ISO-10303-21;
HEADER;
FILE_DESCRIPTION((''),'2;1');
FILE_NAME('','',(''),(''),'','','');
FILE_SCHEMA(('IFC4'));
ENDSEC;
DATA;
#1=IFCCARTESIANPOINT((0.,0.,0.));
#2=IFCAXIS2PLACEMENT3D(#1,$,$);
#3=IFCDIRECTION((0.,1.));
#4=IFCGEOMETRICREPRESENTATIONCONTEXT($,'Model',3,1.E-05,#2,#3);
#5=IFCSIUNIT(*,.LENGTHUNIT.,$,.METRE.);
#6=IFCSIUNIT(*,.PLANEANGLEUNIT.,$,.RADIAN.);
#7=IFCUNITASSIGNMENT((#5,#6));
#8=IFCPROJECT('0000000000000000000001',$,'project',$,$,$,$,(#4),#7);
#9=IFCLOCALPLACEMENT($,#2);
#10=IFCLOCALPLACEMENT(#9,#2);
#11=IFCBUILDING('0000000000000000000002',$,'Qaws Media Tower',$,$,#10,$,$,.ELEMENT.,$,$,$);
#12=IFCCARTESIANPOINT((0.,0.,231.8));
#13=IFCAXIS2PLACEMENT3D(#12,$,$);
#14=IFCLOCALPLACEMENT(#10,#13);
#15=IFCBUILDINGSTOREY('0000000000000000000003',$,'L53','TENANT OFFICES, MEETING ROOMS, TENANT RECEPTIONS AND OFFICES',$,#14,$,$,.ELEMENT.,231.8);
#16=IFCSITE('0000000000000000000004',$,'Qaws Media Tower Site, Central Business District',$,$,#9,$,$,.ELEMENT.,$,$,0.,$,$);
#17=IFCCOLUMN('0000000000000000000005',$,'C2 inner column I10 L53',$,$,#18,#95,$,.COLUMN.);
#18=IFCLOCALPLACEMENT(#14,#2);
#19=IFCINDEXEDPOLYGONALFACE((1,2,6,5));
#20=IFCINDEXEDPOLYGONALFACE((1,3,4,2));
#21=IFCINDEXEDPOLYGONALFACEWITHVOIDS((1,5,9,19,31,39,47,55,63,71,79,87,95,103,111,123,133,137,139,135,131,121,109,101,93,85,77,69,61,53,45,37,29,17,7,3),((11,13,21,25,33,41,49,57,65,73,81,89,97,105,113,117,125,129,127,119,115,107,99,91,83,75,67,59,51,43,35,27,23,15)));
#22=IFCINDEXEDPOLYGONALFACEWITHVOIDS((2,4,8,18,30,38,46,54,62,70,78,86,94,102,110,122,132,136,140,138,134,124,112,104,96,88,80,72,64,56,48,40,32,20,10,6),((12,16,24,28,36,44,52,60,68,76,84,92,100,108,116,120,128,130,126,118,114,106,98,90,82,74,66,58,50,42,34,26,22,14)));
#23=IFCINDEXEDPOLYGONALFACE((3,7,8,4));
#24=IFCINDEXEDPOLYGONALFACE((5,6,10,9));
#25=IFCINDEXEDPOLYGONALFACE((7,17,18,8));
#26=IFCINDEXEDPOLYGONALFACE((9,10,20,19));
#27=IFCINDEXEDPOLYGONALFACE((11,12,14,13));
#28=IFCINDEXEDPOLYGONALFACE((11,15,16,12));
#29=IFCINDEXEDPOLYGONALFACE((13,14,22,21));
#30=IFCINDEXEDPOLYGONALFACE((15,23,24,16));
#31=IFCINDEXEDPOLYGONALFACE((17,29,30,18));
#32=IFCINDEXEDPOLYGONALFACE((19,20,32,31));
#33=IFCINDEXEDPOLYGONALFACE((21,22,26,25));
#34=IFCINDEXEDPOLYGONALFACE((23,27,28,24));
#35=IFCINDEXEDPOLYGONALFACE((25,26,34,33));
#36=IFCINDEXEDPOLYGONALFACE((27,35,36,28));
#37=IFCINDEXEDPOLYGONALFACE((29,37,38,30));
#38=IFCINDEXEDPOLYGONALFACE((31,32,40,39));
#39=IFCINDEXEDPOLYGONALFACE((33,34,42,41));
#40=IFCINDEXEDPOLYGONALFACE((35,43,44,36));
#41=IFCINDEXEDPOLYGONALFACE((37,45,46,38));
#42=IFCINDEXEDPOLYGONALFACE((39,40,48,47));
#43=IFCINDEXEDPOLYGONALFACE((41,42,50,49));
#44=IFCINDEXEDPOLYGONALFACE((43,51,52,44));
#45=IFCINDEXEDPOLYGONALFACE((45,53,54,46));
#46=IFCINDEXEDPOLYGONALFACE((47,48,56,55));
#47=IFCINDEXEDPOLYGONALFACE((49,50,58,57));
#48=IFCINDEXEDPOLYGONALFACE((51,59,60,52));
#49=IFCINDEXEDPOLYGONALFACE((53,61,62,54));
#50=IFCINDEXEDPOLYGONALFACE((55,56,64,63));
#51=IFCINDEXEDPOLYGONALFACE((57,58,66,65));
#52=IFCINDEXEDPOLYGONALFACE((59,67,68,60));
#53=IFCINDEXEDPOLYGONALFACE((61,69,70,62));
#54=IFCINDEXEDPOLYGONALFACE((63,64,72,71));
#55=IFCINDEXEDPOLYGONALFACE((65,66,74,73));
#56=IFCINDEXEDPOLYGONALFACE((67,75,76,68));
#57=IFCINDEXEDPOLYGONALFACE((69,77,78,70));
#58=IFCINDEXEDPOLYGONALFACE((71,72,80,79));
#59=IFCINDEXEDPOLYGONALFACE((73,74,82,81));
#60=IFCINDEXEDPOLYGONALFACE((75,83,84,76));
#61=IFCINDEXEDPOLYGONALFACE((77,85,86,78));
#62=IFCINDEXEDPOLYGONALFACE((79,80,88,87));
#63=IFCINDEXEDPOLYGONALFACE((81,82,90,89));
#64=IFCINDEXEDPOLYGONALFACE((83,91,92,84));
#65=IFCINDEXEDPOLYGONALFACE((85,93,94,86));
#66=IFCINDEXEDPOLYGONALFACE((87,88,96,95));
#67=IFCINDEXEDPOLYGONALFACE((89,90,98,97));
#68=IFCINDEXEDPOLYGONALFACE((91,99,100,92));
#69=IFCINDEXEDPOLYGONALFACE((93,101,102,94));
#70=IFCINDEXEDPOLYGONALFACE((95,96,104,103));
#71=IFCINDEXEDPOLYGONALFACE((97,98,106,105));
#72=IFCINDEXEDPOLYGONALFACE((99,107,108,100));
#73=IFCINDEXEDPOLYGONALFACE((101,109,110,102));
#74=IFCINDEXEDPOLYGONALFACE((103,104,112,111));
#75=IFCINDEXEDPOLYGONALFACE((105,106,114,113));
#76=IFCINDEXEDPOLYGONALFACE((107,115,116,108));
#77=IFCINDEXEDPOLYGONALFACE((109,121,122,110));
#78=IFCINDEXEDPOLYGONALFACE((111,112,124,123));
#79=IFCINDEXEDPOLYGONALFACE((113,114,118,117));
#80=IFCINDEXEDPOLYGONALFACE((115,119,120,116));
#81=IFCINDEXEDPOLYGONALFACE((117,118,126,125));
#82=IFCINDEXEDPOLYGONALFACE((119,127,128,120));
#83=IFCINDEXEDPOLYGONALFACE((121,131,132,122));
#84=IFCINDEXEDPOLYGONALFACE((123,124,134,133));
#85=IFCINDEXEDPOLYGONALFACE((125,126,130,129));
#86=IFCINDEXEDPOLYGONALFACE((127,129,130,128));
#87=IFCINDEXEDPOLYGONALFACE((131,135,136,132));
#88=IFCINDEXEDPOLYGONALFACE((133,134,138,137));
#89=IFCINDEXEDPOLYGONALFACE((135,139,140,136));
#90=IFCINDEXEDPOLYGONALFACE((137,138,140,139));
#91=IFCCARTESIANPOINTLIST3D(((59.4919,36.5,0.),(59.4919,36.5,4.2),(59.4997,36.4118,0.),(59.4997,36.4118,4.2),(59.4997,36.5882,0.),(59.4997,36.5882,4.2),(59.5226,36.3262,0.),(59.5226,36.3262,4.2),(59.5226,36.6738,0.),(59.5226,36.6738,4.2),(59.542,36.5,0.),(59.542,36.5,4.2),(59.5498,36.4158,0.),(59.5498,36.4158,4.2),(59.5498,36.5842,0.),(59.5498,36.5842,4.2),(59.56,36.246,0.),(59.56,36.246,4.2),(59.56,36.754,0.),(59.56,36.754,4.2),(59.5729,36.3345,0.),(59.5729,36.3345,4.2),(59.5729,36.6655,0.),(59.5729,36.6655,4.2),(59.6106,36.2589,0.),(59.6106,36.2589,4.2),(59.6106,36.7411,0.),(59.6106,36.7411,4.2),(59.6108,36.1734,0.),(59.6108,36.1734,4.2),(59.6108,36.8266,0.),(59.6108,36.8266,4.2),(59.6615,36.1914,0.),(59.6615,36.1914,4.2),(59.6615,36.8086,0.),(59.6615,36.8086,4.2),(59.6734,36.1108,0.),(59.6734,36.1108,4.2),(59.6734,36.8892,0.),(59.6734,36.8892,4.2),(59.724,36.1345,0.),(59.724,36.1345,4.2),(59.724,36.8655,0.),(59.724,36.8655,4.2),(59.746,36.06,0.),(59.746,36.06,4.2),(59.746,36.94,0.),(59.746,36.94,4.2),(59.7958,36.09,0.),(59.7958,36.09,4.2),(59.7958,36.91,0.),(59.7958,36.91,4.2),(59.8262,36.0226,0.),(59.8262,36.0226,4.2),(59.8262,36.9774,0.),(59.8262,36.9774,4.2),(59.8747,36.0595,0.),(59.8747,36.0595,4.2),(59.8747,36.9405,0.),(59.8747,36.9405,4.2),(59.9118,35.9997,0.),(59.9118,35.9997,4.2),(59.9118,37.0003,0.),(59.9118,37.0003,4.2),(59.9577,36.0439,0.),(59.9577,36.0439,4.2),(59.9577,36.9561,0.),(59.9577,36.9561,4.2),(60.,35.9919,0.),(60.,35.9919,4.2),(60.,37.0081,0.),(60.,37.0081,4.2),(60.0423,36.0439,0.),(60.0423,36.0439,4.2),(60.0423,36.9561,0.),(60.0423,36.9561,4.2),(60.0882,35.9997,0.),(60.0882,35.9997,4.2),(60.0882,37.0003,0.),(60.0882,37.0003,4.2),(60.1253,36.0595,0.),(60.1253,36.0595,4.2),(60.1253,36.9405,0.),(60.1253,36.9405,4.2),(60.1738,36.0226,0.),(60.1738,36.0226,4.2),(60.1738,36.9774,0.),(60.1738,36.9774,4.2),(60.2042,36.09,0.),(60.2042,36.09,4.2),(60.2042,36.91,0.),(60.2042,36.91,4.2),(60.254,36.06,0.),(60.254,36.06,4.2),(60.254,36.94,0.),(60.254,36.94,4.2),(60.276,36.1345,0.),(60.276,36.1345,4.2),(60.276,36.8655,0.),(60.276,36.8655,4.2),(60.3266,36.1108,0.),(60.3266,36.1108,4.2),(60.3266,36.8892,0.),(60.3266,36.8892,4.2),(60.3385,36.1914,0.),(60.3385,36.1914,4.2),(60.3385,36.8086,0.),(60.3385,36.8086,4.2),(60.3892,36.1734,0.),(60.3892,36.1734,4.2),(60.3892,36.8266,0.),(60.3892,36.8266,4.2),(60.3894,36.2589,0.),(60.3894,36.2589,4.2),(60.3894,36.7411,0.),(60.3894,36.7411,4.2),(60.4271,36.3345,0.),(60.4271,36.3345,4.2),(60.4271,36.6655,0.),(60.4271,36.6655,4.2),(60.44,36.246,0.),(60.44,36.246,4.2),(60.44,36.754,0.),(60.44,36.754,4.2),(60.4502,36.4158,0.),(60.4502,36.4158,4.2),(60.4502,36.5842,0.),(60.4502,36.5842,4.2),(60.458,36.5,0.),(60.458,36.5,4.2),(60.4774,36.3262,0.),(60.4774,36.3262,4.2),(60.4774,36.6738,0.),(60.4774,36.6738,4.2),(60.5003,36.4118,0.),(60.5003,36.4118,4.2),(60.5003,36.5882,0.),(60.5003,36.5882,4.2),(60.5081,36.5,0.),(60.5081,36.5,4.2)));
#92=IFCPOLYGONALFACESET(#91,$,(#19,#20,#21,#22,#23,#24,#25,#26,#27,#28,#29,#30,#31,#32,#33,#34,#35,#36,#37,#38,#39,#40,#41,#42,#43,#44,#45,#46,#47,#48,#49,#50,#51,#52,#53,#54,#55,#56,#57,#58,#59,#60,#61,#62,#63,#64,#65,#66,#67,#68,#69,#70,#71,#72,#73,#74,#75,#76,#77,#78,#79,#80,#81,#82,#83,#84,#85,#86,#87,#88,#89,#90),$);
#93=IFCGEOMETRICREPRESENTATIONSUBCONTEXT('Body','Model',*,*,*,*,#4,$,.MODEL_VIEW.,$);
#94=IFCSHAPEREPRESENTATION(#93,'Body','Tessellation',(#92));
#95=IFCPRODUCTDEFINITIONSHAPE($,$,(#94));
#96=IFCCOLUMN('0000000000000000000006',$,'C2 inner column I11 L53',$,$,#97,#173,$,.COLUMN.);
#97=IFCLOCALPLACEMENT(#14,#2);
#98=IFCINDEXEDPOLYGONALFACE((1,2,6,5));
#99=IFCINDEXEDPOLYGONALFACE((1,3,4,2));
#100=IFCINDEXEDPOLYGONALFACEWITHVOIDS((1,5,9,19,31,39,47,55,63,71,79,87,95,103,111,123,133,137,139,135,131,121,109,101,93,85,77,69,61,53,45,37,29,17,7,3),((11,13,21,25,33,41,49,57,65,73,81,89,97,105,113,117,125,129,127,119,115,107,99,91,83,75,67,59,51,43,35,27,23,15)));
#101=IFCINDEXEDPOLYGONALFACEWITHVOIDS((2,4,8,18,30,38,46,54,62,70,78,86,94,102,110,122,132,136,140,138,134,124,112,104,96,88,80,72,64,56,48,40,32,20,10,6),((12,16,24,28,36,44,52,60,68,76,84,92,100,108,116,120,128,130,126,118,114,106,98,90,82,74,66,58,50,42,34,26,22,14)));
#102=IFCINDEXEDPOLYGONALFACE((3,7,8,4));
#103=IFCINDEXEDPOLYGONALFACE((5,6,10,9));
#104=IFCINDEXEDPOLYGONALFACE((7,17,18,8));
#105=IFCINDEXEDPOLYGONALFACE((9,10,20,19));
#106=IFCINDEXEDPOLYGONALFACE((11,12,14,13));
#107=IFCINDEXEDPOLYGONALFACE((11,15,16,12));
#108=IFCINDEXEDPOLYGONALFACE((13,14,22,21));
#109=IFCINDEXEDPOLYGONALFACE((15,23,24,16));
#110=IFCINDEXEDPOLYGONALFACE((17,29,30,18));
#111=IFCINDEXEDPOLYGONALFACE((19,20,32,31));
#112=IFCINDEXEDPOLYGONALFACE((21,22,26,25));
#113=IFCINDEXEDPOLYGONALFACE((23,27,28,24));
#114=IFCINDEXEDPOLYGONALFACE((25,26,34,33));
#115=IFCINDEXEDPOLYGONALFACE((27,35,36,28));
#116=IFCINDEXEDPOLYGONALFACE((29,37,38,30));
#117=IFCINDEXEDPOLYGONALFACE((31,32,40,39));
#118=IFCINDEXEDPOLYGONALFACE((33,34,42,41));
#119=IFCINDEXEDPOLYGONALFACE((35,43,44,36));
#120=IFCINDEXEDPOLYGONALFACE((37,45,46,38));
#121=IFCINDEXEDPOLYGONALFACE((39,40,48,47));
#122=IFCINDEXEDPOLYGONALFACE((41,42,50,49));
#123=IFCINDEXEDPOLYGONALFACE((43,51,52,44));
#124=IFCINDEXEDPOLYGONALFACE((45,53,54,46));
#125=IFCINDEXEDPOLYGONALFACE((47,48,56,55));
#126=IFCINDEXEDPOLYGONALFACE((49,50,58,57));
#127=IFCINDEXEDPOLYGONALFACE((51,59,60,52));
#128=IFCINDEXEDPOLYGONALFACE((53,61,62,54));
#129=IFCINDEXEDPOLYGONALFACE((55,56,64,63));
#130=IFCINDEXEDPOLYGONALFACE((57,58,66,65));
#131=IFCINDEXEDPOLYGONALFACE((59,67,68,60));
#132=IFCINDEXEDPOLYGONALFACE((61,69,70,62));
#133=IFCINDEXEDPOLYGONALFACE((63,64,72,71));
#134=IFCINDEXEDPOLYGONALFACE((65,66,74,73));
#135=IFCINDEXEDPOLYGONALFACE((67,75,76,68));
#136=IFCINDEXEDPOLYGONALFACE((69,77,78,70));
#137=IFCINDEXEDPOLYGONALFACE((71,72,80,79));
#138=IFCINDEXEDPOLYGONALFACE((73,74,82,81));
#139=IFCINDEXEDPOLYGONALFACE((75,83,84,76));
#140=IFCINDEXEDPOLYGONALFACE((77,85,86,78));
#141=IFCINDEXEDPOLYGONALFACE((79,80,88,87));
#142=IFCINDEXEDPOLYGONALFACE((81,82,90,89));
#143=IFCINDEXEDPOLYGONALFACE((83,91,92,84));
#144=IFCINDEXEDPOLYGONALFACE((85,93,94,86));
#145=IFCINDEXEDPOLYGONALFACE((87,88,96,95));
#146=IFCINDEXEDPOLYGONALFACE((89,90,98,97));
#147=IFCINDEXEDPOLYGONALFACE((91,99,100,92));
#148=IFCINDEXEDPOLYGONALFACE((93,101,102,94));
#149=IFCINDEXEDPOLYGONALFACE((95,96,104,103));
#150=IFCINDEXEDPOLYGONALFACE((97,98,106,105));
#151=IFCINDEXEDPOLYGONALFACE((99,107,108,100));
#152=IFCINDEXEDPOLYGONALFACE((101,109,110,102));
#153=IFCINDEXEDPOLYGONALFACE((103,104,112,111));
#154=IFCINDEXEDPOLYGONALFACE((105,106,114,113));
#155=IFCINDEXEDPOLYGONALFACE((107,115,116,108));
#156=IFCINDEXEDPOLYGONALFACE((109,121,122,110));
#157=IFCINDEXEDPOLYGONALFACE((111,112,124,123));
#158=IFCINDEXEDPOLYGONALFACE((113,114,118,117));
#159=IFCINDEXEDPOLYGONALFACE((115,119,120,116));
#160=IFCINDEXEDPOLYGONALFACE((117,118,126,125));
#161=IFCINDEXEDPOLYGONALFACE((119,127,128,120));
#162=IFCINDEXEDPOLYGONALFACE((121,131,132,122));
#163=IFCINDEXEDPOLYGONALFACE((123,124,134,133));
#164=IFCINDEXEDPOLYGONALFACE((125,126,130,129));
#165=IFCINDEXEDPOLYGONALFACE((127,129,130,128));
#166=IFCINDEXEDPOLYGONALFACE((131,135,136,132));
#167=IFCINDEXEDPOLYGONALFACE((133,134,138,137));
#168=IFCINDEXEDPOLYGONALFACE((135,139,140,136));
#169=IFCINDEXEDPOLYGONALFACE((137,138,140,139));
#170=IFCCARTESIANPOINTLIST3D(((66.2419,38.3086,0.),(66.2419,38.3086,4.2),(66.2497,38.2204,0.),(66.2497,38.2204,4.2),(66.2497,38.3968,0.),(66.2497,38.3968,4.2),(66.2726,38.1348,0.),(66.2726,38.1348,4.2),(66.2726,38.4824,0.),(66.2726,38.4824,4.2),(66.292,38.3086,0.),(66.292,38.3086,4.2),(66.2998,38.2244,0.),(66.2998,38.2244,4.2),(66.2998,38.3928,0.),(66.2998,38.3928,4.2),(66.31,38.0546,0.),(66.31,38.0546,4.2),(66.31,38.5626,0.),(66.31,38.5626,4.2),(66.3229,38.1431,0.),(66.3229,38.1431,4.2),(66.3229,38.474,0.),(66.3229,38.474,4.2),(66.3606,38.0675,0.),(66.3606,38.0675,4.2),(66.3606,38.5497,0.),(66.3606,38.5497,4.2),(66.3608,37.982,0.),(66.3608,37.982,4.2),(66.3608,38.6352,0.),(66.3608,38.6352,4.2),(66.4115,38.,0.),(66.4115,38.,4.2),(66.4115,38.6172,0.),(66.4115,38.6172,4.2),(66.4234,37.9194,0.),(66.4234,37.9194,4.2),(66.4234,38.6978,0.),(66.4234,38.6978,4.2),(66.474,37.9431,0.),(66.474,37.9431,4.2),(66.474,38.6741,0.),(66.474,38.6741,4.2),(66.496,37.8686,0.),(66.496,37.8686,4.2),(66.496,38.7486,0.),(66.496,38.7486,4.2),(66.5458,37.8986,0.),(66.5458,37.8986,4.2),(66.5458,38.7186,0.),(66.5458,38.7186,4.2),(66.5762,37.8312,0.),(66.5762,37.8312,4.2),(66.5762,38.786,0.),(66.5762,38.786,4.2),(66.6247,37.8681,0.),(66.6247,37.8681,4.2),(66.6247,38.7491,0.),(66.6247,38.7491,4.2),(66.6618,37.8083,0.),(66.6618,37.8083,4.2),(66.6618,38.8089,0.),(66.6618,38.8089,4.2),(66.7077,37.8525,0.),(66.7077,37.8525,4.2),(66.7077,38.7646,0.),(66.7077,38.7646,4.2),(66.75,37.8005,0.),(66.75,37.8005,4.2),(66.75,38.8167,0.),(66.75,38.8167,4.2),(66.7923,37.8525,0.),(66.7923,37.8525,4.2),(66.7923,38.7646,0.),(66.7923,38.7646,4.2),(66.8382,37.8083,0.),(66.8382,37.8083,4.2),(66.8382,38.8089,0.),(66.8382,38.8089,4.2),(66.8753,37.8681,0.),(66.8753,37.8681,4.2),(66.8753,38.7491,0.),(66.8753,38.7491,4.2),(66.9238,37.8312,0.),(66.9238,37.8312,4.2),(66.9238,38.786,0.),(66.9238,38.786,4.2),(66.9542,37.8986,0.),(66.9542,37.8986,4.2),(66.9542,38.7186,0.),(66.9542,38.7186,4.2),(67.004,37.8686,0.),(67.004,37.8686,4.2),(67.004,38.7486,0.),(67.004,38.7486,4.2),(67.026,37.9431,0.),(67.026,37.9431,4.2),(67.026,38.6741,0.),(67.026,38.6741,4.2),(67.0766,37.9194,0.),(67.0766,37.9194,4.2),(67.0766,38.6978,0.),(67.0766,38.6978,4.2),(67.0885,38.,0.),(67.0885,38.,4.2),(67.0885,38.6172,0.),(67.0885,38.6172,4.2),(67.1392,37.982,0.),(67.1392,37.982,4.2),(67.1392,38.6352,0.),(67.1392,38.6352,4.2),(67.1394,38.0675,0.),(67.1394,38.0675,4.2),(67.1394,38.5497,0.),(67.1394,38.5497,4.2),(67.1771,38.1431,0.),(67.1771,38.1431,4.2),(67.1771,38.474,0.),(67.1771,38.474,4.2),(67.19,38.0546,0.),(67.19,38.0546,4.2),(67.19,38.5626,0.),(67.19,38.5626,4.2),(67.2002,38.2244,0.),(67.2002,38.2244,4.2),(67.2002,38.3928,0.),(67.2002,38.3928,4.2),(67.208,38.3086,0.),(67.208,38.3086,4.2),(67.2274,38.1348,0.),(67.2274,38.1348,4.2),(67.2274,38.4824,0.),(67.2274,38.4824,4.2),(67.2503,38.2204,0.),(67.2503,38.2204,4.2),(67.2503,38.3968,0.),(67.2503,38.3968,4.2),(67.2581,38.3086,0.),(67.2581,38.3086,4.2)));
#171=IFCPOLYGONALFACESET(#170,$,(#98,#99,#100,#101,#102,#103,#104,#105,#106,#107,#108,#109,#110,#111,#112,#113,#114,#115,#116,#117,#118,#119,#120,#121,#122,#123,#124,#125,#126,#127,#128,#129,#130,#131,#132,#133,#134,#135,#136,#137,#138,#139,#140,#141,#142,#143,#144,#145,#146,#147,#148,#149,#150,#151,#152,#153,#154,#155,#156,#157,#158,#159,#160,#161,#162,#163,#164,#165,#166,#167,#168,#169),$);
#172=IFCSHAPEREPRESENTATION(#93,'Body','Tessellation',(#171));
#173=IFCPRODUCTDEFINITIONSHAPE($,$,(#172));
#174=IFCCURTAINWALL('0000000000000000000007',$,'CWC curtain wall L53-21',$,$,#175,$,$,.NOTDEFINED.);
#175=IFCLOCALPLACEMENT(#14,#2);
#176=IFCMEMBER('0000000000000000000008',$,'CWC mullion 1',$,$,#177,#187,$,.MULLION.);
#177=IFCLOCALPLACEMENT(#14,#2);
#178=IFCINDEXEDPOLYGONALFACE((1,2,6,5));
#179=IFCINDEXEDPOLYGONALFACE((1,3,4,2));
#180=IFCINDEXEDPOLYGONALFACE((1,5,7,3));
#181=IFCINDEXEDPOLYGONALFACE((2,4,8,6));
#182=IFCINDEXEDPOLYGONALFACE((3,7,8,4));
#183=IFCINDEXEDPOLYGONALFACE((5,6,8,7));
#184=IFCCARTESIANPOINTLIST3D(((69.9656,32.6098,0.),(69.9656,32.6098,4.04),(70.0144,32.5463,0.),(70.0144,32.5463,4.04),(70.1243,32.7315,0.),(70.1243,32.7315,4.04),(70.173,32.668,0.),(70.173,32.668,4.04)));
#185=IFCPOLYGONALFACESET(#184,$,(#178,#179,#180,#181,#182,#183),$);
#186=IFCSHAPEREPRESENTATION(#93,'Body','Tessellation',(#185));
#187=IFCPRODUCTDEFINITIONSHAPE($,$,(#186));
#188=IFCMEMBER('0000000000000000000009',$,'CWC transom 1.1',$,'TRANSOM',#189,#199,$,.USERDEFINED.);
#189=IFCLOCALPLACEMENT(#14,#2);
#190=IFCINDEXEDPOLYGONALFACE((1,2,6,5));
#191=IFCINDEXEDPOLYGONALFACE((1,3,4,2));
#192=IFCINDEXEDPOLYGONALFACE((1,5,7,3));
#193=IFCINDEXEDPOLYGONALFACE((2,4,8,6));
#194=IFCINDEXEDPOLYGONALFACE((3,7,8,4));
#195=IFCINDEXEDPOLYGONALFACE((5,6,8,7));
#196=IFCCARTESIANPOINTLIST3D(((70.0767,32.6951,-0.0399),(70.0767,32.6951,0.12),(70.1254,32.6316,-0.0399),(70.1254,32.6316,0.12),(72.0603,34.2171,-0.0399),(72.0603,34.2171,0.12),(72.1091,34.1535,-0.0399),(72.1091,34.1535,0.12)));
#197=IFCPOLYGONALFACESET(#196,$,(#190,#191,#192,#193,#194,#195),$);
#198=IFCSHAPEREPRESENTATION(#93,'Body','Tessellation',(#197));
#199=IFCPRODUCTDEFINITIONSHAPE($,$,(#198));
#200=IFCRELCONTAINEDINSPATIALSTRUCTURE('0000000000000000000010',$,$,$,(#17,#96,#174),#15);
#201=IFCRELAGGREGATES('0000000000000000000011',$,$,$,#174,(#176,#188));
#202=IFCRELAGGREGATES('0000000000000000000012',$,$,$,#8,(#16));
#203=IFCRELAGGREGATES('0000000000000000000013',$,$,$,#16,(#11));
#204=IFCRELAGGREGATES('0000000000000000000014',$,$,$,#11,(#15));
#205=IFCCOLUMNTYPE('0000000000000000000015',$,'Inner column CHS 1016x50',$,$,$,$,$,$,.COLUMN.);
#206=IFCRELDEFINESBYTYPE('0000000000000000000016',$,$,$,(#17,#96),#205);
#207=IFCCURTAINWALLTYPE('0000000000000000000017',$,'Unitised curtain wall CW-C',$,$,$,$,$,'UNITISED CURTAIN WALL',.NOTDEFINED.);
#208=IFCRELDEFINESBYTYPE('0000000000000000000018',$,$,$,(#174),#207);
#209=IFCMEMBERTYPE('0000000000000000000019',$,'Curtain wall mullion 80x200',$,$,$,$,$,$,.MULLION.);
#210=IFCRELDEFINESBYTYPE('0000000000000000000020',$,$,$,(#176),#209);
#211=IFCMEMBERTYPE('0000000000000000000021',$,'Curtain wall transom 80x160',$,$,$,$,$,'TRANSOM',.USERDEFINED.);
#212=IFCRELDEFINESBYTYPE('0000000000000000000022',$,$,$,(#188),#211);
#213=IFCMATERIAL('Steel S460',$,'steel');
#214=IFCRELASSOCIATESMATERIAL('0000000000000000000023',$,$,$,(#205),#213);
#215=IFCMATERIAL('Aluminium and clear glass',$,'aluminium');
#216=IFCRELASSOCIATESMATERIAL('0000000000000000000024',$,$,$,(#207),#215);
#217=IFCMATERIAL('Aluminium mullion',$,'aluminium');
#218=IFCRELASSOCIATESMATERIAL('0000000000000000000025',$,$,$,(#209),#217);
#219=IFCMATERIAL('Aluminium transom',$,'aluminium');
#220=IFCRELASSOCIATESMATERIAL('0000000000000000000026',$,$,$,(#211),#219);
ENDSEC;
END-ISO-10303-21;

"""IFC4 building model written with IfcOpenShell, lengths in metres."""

from ifc_helpers import new_model, si_unit, direction, frame, origin, origin_2d, place, context, subcontext, project, spatial, rectangle, hollow_circle, extrude, material, material_profile, profile_set, type_object, element, aggregate, save


model = new_model("IFC4")

# Units and contexts
model_context = context("Model", 3, precision=1e-05, world=origin(), true_north=direction((0.0, 1.0)))
body_context = subcontext(model_context, "Body", "Model", "MODEL_VIEW")
ifc_project = project(units=[si_unit("LENGTHUNIT", "METRE"), si_unit("PLANEANGLEUNIT", "RADIAN")], contexts=[model_context])

# Site, building, storey
site_placement = place(None, origin())
site = spatial("IfcSite", under=ifc_project, at=site_placement, Name="Qaws Media Tower Site, Central Business District", CompositionType="ELEMENT", RefElevation=0.0)
building_placement = place(site_placement, origin())
building = spatial("IfcBuilding", under=site, at=building_placement, Name="Qaws Media Tower", CompositionType="ELEMENT")
storey_placement = place(building_placement, frame((0.0, 0.0, 231.8)))
storey = spatial("IfcBuildingStorey", under=building, at=storey_placement, Name="L53", Description="TENANT OFFICES, MEETING ROOMS, TENANT RECEPTIONS AND OFFICES", CompositionType="ELEMENT", Elevation=231.8)

# Columns
ifc_material_1 = material(Name="Steel S460", Category="steel")
ifc_material_profile_1 = material_profile(ifc_material_1, hollow_circle(Radius=0.5081, WallThickness=0.05, at=origin_2d()), Name="CHS 1016x50")
ifc_profile_set_1 = profile_set([ifc_material_profile_1], Name="Steel S460")
column_type = type_object("IfcColumnType", Name="Inner column CHS 1016x50", PredefinedType="COLUMN", material=ifc_profile_set_1)
for number, where, z_axis, x_axis, name in (
    (1, (60.0, 36.5, 0.0), (0.0, 0.0, 1.0), (1.0, 0.0, 0.0), "C2 inner column I10 L53"),
    (2, (66.75, 38.3086, 0.0), (0.0, 0.0, 1.0), (1.0, 0.0, 0.0), "C2 inner column I11 L53"),
):
    element("IfcColumn", number, at=place(storey_placement, frame(where, z_axis=z_axis, x_axis=x_axis)), inside=storey, type_object=column_type, Name=name, PredefinedType="COLUMN", context=body_context, shape_type="SweptSolid", body=[
        extrude(hollow_circle(Radius=0.5081, WallThickness=0.05, at=origin_2d()), origin(), (0.0, 0.0, 1.0), 4.2),
    ])

# Curtain wall, members
ifc_material_2 = material(Name="Aluminium and clear glass", Category="aluminium")
curtain_wall_type = type_object("IfcCurtainWallType", Name="Unitised curtain wall CW-C", ElementType="UNITISED CURTAIN WALL", PredefinedType="NOTDEFINED", material=ifc_material_2)
curtain_wall_placement = place(storey_placement, origin())
curtain_wall = element("IfcCurtainWall", 3, at=curtain_wall_placement, inside=storey, type_object=curtain_wall_type, Name="CWC curtain wall L53-21", PredefinedType="NOTDEFINED")
ifc_material_3 = material(Name="Aluminium mullion", Category="aluminium")
ifc_material_profile_2 = material_profile(ifc_material_3, rectangle(XDim=0.0801, YDim=0.2, at=origin_2d()), Name="80x200")
ifc_profile_set_2 = profile_set([ifc_material_profile_2], Name="Aluminium mullion")
member_type_1 = type_object("IfcMemberType", Name="Curtain wall mullion 80x200", PredefinedType="MULLION", material=ifc_profile_set_2)
member_1_placement = place(storey_placement, frame((70.0693, 32.6389, 0.0), z_axis=(0.0, 0.0, 1.0), x_axis=(-0.608761, 0.793353, 0.0)))
member_1 = element("IfcMember", 4, at=member_1_placement, type_object=member_type_1, Name="CWC mullion 1", PredefinedType="MULLION", context=body_context, shape_type="SweptSolid", body=[
    extrude(rectangle(XDim=0.0801, YDim=0.2, at=origin_2d()), origin(), (0.0, 0.0, 1.0), 4.04),
])
ifc_material_4 = material(Name="Aluminium transom", Category="aluminium")
ifc_material_profile_3 = material_profile(ifc_material_4, rectangle(XDim=0.0801, YDim=0.1599, at=origin_2d()), Name="80x160")
ifc_profile_set_3 = profile_set([ifc_material_profile_3], Name="Aluminium transom")
member_type_2 = type_object("IfcMemberType", Name="Curtain wall transom 80x160", ElementType="TRANSOM", PredefinedType="USERDEFINED", material=ifc_profile_set_3)
member_2_placement = place(storey_placement, frame((70.1011, 32.6633, 0.04), z_axis=(0.793378, 0.608729, 0.0), x_axis=(-0.608729, 0.793378, 0.0)))
member_2 = element("IfcMember", 5, at=member_2_placement, type_object=member_type_2, Name="CWC transom 1.1", ObjectType="TRANSOM", PredefinedType="USERDEFINED", context=body_context, shape_type="SweptSolid", body=[
    extrude(rectangle(XDim=0.0801, YDim=0.1599, at=origin_2d()), origin(), (0.0, 0.0, 1.0), 2.5002),
])
aggregate(curtain_wall, [member_1, member_2])

save(model, "model.ifc")
